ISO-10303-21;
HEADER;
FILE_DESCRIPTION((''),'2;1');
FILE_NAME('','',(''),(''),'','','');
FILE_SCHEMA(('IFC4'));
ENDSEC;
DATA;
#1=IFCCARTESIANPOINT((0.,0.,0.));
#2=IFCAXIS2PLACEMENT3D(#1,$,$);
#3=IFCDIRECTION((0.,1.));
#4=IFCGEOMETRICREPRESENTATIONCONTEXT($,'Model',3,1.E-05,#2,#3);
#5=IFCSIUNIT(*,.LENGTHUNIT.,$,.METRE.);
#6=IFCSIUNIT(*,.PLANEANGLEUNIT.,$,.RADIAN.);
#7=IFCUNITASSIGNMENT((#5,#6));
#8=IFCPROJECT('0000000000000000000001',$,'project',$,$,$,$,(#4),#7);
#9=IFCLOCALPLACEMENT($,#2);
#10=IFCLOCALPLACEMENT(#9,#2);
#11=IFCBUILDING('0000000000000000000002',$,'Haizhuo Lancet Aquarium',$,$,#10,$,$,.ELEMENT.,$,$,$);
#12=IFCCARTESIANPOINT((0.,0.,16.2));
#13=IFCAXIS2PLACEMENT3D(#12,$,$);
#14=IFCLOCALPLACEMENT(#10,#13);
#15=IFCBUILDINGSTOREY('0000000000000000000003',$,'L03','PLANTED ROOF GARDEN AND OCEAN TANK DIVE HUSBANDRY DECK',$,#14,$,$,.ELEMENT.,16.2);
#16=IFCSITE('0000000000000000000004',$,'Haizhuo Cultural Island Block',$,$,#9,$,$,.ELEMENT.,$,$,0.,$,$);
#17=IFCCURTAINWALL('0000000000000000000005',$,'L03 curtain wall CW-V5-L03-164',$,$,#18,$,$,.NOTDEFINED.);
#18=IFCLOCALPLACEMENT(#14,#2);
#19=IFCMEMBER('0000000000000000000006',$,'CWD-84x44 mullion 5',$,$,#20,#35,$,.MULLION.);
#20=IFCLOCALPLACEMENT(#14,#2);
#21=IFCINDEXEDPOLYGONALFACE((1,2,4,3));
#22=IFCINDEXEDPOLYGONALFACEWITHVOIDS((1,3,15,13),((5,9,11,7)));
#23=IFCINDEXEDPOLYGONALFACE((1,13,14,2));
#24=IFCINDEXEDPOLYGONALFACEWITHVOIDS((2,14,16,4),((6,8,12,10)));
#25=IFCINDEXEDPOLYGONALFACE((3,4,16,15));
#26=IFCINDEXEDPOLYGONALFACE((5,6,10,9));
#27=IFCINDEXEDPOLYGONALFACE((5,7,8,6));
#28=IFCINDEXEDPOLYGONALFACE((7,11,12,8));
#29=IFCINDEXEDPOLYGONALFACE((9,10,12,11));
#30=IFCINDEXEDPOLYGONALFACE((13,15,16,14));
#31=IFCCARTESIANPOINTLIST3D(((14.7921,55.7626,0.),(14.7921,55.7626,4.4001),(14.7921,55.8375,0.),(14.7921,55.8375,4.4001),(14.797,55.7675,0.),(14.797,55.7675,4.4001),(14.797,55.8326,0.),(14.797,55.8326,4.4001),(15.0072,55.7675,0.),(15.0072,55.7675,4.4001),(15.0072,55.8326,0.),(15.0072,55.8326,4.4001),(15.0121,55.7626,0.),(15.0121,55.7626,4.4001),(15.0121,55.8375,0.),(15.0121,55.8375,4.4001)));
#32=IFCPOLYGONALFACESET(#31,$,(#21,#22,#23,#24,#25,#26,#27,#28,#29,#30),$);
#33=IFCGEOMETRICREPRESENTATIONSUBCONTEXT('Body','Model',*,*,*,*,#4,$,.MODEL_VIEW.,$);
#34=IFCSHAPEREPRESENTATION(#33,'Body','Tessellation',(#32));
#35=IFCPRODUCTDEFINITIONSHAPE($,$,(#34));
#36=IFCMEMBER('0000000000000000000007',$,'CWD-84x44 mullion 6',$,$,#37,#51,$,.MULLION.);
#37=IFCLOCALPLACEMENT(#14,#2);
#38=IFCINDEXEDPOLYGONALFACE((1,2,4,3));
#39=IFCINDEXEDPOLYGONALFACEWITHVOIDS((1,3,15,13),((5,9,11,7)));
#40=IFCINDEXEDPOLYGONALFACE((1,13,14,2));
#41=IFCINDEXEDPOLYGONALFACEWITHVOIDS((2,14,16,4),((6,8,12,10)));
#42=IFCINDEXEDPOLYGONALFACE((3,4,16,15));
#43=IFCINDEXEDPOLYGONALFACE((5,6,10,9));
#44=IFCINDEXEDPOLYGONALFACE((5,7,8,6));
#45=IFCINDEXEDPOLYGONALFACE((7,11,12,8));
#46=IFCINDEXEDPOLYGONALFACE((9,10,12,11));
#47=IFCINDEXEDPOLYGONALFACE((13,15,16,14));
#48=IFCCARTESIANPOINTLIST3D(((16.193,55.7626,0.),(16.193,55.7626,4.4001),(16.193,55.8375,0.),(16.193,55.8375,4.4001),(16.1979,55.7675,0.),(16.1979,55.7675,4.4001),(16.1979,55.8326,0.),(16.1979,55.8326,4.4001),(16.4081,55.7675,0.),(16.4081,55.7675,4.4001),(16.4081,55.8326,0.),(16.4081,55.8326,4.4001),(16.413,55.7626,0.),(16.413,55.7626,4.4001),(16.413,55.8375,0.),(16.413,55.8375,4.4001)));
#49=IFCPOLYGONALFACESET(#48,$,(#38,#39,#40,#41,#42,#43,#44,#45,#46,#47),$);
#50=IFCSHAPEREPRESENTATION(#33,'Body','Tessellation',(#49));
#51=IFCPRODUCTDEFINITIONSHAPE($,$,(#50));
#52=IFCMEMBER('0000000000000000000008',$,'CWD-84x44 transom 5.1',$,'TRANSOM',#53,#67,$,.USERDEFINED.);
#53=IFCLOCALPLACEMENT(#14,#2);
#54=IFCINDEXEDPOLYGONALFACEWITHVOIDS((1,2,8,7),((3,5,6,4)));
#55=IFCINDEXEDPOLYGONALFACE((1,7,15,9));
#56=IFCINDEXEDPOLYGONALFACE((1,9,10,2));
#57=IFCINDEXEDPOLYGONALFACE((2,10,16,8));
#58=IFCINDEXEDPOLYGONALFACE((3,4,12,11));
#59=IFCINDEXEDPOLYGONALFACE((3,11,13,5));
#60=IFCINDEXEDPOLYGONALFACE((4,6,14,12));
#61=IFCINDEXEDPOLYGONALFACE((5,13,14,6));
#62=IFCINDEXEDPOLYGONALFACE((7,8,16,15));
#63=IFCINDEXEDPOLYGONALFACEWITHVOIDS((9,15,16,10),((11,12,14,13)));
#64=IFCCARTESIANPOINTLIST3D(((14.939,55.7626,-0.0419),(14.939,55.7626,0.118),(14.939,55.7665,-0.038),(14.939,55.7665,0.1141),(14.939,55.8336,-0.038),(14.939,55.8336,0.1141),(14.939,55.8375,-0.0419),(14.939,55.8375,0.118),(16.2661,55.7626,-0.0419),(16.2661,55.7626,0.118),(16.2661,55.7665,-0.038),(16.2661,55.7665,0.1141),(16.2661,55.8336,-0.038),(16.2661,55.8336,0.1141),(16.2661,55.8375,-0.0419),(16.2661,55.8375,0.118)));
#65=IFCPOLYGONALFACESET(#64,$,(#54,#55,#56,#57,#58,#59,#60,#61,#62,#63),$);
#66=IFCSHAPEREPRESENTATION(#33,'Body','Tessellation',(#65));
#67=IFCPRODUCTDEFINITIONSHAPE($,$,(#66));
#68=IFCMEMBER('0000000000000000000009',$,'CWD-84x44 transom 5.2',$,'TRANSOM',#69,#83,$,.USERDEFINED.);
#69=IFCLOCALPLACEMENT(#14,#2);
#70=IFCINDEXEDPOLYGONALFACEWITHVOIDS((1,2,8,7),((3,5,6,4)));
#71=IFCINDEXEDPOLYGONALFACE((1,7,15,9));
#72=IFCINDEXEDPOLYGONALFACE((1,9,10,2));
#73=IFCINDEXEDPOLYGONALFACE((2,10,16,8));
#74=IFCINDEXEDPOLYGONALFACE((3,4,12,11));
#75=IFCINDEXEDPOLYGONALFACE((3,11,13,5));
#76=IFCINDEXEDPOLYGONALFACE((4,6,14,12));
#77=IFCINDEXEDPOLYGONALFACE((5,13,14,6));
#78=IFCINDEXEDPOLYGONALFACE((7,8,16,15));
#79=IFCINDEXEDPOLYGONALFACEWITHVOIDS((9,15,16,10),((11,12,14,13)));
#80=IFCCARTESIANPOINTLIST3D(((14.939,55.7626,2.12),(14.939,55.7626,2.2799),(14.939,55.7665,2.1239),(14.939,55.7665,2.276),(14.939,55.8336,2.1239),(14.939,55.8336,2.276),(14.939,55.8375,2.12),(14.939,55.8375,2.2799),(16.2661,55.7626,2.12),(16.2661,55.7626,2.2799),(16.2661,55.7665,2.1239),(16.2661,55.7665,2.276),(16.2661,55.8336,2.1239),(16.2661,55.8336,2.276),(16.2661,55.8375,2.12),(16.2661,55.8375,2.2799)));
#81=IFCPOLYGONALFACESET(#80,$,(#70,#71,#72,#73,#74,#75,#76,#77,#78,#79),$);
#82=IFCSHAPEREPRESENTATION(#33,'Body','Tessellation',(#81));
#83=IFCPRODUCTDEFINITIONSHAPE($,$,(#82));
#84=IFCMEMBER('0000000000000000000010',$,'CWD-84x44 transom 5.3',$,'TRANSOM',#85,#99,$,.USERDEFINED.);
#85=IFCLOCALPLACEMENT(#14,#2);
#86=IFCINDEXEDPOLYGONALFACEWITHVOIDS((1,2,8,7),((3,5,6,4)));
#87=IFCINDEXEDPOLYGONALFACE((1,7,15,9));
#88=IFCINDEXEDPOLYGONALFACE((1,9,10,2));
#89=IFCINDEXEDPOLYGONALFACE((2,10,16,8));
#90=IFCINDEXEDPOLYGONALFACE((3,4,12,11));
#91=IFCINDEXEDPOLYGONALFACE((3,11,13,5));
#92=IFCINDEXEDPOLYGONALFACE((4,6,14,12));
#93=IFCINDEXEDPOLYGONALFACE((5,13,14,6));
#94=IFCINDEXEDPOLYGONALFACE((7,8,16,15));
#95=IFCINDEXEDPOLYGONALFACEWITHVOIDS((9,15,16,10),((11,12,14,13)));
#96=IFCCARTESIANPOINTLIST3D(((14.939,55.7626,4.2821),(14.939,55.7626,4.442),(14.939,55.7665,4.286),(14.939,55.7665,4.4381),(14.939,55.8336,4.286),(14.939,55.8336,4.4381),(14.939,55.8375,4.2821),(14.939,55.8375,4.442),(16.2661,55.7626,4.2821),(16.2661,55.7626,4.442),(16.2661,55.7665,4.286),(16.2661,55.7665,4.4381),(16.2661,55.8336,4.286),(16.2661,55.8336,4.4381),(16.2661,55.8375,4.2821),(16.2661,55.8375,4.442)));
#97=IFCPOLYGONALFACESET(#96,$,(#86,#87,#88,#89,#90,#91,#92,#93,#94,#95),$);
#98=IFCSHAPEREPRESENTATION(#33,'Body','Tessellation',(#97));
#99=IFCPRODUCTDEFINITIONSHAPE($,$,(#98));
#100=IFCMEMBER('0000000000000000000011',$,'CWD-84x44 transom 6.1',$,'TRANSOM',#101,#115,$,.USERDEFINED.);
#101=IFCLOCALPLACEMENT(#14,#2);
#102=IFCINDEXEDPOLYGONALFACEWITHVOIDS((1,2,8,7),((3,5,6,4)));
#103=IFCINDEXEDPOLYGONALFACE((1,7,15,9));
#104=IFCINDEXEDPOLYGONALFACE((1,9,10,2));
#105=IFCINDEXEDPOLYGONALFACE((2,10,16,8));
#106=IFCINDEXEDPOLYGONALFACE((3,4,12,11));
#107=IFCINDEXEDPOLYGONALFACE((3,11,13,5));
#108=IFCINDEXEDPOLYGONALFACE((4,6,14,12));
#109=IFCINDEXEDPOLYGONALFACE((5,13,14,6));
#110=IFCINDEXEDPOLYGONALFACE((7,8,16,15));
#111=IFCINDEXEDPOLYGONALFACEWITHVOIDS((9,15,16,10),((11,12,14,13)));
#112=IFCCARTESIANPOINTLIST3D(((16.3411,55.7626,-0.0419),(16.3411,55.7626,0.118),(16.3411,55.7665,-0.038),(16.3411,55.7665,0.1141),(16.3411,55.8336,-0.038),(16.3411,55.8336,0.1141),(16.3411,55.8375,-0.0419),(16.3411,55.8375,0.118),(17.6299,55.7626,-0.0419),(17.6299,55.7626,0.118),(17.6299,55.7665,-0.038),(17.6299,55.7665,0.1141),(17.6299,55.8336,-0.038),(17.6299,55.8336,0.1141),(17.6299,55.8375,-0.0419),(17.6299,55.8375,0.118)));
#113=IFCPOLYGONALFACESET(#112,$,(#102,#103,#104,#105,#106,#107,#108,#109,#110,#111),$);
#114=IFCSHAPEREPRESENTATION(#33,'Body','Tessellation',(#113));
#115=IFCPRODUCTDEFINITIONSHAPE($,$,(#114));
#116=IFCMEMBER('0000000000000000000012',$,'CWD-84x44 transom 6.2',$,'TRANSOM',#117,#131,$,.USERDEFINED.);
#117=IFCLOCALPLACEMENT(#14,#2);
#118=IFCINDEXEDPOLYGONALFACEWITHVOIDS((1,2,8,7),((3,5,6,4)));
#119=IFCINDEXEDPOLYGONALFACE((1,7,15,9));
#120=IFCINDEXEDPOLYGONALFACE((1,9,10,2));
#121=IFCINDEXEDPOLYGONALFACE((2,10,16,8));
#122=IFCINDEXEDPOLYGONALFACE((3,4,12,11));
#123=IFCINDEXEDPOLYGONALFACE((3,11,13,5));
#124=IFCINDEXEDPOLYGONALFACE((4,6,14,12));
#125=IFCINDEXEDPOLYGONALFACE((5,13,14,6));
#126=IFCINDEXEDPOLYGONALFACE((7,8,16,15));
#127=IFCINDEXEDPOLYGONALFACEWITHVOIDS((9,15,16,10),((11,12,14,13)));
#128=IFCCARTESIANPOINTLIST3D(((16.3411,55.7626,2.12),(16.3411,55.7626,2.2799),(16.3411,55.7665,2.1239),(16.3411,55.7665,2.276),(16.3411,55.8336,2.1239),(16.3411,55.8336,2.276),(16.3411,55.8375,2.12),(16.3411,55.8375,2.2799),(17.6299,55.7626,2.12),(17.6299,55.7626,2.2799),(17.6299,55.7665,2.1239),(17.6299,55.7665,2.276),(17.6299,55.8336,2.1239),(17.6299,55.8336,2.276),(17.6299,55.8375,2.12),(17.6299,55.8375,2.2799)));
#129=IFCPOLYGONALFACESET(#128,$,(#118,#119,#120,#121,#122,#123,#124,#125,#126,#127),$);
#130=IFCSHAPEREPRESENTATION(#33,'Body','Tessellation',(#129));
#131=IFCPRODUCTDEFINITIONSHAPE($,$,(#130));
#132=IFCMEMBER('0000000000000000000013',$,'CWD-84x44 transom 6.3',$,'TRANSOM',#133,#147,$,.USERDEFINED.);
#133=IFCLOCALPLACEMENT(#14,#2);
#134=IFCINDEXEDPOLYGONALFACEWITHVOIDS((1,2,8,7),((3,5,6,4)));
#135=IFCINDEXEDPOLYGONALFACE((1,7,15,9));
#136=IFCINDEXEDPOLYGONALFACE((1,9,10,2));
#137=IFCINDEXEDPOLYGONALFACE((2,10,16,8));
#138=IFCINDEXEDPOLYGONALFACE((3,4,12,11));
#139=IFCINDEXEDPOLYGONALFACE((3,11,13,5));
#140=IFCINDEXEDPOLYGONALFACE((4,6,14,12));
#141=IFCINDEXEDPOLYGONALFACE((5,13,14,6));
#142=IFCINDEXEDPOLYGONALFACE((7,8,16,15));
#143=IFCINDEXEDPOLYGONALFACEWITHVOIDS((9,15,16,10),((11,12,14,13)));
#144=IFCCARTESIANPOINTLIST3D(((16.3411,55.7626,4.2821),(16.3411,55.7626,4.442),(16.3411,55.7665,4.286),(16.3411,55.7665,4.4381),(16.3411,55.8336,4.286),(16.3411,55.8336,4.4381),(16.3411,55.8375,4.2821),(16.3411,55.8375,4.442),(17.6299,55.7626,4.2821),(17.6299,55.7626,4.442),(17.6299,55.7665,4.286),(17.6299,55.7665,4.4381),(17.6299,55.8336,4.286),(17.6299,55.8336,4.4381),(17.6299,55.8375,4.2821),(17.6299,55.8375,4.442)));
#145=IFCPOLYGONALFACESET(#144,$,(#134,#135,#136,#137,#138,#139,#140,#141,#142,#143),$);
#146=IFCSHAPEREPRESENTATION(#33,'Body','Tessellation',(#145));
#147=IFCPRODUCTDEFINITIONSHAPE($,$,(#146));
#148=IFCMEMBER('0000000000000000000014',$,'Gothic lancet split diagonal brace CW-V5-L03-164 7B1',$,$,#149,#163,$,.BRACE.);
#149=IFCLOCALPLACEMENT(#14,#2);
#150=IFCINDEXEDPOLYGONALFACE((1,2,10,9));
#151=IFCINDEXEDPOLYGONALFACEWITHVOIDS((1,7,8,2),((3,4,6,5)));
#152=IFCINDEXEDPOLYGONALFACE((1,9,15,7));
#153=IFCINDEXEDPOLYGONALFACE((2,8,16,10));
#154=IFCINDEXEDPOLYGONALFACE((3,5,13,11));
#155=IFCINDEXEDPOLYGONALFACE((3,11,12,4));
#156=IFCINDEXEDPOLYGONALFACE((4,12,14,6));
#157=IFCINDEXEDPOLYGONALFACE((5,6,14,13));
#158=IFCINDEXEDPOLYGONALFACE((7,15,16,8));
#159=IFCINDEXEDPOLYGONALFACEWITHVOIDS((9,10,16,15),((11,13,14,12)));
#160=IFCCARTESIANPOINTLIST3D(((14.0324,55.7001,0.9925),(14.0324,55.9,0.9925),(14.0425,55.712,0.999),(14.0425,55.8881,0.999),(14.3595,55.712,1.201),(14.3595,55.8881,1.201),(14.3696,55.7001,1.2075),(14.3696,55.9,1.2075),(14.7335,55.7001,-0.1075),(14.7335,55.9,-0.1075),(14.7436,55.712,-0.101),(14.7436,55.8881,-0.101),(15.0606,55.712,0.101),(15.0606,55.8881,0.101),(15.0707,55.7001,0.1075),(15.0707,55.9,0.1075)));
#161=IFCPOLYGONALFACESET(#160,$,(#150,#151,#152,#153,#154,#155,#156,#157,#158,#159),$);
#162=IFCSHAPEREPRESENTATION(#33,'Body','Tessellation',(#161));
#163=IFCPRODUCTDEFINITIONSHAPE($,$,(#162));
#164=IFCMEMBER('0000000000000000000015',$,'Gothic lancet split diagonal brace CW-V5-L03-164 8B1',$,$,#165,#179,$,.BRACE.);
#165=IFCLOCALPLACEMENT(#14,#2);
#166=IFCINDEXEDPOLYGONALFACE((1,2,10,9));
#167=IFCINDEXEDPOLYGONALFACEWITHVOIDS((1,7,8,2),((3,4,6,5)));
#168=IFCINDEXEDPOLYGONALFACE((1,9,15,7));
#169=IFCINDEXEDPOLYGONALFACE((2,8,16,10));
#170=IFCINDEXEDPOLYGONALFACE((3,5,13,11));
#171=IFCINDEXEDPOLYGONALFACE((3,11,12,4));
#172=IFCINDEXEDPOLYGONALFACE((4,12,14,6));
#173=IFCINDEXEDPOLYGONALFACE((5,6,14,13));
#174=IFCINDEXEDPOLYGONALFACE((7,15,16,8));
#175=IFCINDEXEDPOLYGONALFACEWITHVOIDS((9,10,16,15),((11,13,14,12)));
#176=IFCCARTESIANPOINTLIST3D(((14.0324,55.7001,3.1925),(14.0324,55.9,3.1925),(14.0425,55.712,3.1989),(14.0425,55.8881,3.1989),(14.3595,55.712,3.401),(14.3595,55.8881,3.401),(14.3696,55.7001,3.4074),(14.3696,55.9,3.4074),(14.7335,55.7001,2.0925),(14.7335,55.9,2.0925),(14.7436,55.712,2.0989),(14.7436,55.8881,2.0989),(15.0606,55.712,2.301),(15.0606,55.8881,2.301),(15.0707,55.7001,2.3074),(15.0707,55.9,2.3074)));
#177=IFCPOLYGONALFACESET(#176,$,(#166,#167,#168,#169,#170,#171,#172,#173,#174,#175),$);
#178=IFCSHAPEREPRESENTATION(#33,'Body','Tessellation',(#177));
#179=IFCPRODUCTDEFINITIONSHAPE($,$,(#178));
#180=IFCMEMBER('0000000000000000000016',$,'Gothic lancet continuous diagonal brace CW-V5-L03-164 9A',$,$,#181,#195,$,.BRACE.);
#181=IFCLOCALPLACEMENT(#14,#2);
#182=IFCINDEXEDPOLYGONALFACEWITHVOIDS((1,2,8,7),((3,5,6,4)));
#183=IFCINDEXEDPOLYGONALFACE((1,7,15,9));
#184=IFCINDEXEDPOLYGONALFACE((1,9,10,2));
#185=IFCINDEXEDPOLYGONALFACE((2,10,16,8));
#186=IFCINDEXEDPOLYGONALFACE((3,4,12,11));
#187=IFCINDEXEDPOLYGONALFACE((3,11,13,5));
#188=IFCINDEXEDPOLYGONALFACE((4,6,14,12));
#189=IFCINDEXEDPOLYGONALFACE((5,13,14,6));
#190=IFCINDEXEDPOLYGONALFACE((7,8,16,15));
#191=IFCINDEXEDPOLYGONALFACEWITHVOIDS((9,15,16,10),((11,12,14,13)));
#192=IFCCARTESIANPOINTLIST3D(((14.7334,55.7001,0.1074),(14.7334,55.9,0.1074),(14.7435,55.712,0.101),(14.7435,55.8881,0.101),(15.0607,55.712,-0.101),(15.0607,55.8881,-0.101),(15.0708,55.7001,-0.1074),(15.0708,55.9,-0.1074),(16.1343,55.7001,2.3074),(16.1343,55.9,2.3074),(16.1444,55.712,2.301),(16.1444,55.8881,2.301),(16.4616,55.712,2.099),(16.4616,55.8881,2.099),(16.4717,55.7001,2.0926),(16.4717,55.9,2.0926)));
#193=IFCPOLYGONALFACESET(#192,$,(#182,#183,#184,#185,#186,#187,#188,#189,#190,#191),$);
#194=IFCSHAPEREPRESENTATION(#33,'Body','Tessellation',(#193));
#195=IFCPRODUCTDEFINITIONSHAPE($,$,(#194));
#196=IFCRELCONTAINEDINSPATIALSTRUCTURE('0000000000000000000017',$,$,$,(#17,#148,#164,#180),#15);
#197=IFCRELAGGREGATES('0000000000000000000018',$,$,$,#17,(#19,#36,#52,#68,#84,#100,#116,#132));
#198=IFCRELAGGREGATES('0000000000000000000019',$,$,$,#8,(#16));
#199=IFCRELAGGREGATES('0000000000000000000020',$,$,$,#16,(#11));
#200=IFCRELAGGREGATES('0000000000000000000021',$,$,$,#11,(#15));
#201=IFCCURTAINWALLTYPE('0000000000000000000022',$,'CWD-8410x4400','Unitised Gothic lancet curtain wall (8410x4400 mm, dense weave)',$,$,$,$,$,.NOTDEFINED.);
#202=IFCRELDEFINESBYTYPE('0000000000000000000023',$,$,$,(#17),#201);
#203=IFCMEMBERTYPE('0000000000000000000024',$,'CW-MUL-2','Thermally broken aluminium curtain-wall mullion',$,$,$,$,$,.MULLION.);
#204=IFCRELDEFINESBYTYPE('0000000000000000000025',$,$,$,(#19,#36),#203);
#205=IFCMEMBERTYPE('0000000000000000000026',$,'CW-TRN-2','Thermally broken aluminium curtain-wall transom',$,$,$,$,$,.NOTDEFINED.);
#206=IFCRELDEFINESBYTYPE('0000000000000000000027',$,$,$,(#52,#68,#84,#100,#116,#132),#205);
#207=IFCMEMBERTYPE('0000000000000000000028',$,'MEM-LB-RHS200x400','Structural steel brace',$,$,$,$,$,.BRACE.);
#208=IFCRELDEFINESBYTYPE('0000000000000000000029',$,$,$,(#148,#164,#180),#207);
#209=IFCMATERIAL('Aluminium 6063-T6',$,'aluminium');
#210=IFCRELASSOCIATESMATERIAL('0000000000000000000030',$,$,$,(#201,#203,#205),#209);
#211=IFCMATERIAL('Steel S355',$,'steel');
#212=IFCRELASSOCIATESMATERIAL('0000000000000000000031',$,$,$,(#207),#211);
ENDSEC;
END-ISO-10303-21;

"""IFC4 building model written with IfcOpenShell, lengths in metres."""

from ifc_helpers import new_model, si_unit, direction, frame, origin, origin_2d, place, context, subcontext, project, spatial, hollow_rectangle, extrude, material, material_profile, profile_set, type_object, element, aggregate, save


model = new_model("IFC4")

# Units and contexts
model_context = context("Model", 3, precision=1e-05, world=origin(), true_north=direction((0.0, 1.0)))
body_context = subcontext(model_context, "Body", "Model", "MODEL_VIEW")
ifc_project = project(units=[si_unit("LENGTHUNIT", "METRE"), si_unit("PLANEANGLEUNIT", "RADIAN")], contexts=[model_context])

# Site, building, storey
site_placement = place(None, origin())
site = spatial("IfcSite", under=ifc_project, at=site_placement, Name="Haizhuo Cultural Island Block", CompositionType="ELEMENT", RefElevation=0.0)
building_placement = place(site_placement, origin())
building = spatial("IfcBuilding", under=site, at=building_placement, Name="Haizhuo Lancet Aquarium", CompositionType="ELEMENT")
storey_placement = place(building_placement, frame((0.0, 0.0, 16.2)))
storey = spatial("IfcBuildingStorey", under=building, at=storey_placement, Name="L03", Description="PLANTED ROOF GARDEN AND OCEAN TANK DIVE HUSBANDRY DECK", CompositionType="ELEMENT", Elevation=16.2)

# Curtain wall, members
ifc_material_1 = material(Name="Aluminium 6063-T6", Category="aluminium")
curtain_wall_type = type_object("IfcCurtainWallType", Name="CWD-8410x4400", Description="Unitised Gothic lancet curtain wall (8410x4400 mm, dense weave)", PredefinedType="NOTDEFINED", material=ifc_material_1)
curtain_wall_placement = place(storey_placement, origin())
curtain_wall = element("IfcCurtainWall", 1, at=curtain_wall_placement, inside=storey, type_object=curtain_wall_type, Name="L03 curtain wall CW-V5-L03-164", PredefinedType="NOTDEFINED")
ifc_material_profile_1 = material_profile(ifc_material_1, hollow_rectangle(XDim=0.075, YDim=0.22, WallThickness=0.0049, at=origin_2d()), Name="ALU-M 75x220x5")
ifc_profile_set_1 = profile_set([ifc_material_profile_1], Name="Aluminium 6063-T6")
member_type_1 = type_object("IfcMemberType", Name="CW-MUL-2", Description="Thermally broken aluminium curtain-wall mullion", PredefinedType="MULLION", material=ifc_profile_set_1)
member_1_placement = place(storey_placement, frame((14.9021, 55.8, 0.0), z_axis=(0.0, 0.0, 1.0), x_axis=(0.0, 1.0, 0.0)))
member_1 = element("IfcMember", 2, at=member_1_placement, type_object=member_type_1, Name="CWD-84x44 mullion 5", PredefinedType="MULLION", context=body_context, shape_type="SweptSolid", body=[
    extrude(hollow_rectangle(XDim=0.075, YDim=0.22, WallThickness=0.0049, at=origin_2d()), origin(), (0.0, 0.0, 1.0), 4.4001),
])
member_2_placement = place(storey_placement, frame((16.303, 55.8, 0.0), z_axis=(0.0, 0.0, 1.0), x_axis=(0.0, 1.0, 0.0)))
member_2 = element("IfcMember", 3, at=member_2_placement, type_object=member_type_1, Name="CWD-84x44 mullion 6", PredefinedType="MULLION", context=body_context, shape_type="SweptSolid", body=[
    extrude(hollow_rectangle(XDim=0.075, YDim=0.22, WallThickness=0.0049, at=origin_2d()), origin(), (0.0, 0.0, 1.0), 4.4001),
])
ifc_material_profile_2 = material_profile(ifc_material_1, hollow_rectangle(XDim=0.075, YDim=0.1599, WallThickness=0.0039, at=origin_2d()), Name="ALU-T 75x160x4")
ifc_profile_set_2 = profile_set([ifc_material_profile_2], Name="Aluminium 6063-T6")
member_type_2 = type_object("IfcMemberType", Name="CW-TRN-2", Description="Thermally broken aluminium curtain-wall transom", PredefinedType="NOTDEFINED", material=ifc_profile_set_2)
member_3_placement = place(storey_placement, frame((14.939, 55.8, 0.0381), z_axis=(1.0, 0.0, 0.0), x_axis=(0.0, 1.0, 0.0)))
member_3 = element("IfcMember", 4, at=member_3_placement, type_object=member_type_2, Name="CWD-84x44 transom 5.1", ObjectType="TRANSOM", PredefinedType="USERDEFINED", context=body_context, shape_type="SweptSolid", body=[
    extrude(hollow_rectangle(XDim=0.075, YDim=0.1599, WallThickness=0.0039, at=origin_2d()), origin(), (0.0, 0.0, 1.0), 1.3271),
])
member_4_placement = place(storey_placement, frame((14.939, 55.8, 2.2), z_axis=(1.0, 0.0, 0.0), x_axis=(0.0, 1.0, 0.0)))
member_4 = element("IfcMember", 5, at=member_4_placement, type_object=member_type_2, Name="CWD-84x44 transom 5.2", ObjectType="TRANSOM", PredefinedType="USERDEFINED", context=body_context, shape_type="SweptSolid", body=[
    extrude(hollow_rectangle(XDim=0.075, YDim=0.1599, WallThickness=0.0039, at=origin_2d()), origin(), (0.0, 0.0, 1.0), 1.3271),
])
member_5_placement = place(storey_placement, frame((14.939, 55.8, 4.3621), z_axis=(1.0, 0.0, 0.0), x_axis=(0.0, 1.0, 0.0)))
member_5 = element("IfcMember", 6, at=member_5_placement, type_object=member_type_2, Name="CWD-84x44 transom 5.3", ObjectType="TRANSOM", PredefinedType="USERDEFINED", context=body_context, shape_type="SweptSolid", body=[
    extrude(hollow_rectangle(XDim=0.075, YDim=0.1599, WallThickness=0.0039, at=origin_2d()), origin(), (0.0, 0.0, 1.0), 1.3271),
])
member_6_placement = place(storey_placement, frame((16.3411, 55.8, 0.0381), z_axis=(1.0, 0.0, 0.0), x_axis=(0.0, 1.0, 0.0)))
member_6 = element("IfcMember", 7, at=member_6_placement, type_object=member_type_2, Name="CWD-84x44 transom 6.1", ObjectType="TRANSOM", PredefinedType="USERDEFINED", context=body_context, shape_type="SweptSolid", body=[
    extrude(hollow_rectangle(XDim=0.075, YDim=0.1599, WallThickness=0.0039, at=origin_2d()), origin(), (0.0, 0.0, 1.0), 1.2888),
])
member_7_placement = place(storey_placement, frame((16.3411, 55.8, 2.2), z_axis=(1.0, 0.0, 0.0), x_axis=(0.0, 1.0, 0.0)))
member_7 = element("IfcMember", 8, at=member_7_placement, type_object=member_type_2, Name="CWD-84x44 transom 6.2", ObjectType="TRANSOM", PredefinedType="USERDEFINED", context=body_context, shape_type="SweptSolid", body=[
    extrude(hollow_rectangle(XDim=0.075, YDim=0.1599, WallThickness=0.0039, at=origin_2d()), origin(), (0.0, 0.0, 1.0), 1.2888),
])
member_8_placement = place(storey_placement, frame((16.3411, 55.8, 4.3621), z_axis=(1.0, 0.0, 0.0), x_axis=(0.0, 1.0, 0.0)))
member_8 = element("IfcMember", 9, at=member_8_placement, type_object=member_type_2, Name="CWD-84x44 transom 6.3", ObjectType="TRANSOM", PredefinedType="USERDEFINED", context=body_context, shape_type="SweptSolid", body=[
    extrude(hollow_rectangle(XDim=0.075, YDim=0.1599, WallThickness=0.0039, at=origin_2d()), origin(), (0.0, 0.0, 1.0), 1.2888),
])

# Members
ifc_material_2 = material(Name="Steel S355", Category="steel")
ifc_material_profile_3 = material_profile(ifc_material_2, hollow_rectangle(XDim=0.2, YDim=0.3999, WallThickness=0.012, at=origin_2d()), Name="RHS 200x400x12")
ifc_profile_set_3 = profile_set([ifc_material_profile_3], Name="Steel S355")
member_type_3 = type_object("IfcMemberType", Name="MEM-LB-RHS200x400", Description="Structural steel brace", PredefinedType="BRACE", material=ifc_profile_set_3)
for number, where, z_axis, x_axis, name in (
    (10, (14.9021, 55.8, 0.0), (-0.537481, 0.0, 0.843276), (0.0, -1.0, 0.0), "Gothic lancet split diagonal brace CW-V5-L03-164 7B1"),
    (11, (14.9021, 55.8, 2.2), (-0.537481, 0.0, 0.843276), (0.0, -1.0, 0.0), "Gothic lancet split diagonal brace CW-V5-L03-164 8B1"),
):
    element("IfcMember", number, at=place(storey_placement, frame(where, z_axis=z_axis, x_axis=x_axis)), inside=storey, type_object=member_type_3, Name=name, PredefinedType="BRACE", context=body_context, shape_type="SweptSolid", body=[
        extrude(hollow_rectangle(XDim=0.2, YDim=0.3999, WallThickness=0.012, at=origin_2d()), origin(), (0.0, 0.0, 1.0), 1.3044),
    ])
member_9_placement = place(storey_placement, frame((14.9021, 55.8, 0.0), z_axis=(0.537124, 0.0, 0.843503), x_axis=(0.0, 1.0, 0.0)))
element("IfcMember", 12, at=member_9_placement, inside=storey, type_object=member_type_3, Name="Gothic lancet continuous diagonal brace CW-V5-L03-164 9A", PredefinedType="BRACE", context=body_context, shape_type="SweptSolid", body=[
    extrude(hollow_rectangle(XDim=0.2, YDim=0.3999, WallThickness=0.012, at=origin_2d()), origin(), (0.0, 0.0, 1.0), 2.6082),
])

aggregate(curtain_wall, [member_1, member_2, member_3, member_4, member_5, member_6, member_7, member_8])

save(model, "model.ifc")
